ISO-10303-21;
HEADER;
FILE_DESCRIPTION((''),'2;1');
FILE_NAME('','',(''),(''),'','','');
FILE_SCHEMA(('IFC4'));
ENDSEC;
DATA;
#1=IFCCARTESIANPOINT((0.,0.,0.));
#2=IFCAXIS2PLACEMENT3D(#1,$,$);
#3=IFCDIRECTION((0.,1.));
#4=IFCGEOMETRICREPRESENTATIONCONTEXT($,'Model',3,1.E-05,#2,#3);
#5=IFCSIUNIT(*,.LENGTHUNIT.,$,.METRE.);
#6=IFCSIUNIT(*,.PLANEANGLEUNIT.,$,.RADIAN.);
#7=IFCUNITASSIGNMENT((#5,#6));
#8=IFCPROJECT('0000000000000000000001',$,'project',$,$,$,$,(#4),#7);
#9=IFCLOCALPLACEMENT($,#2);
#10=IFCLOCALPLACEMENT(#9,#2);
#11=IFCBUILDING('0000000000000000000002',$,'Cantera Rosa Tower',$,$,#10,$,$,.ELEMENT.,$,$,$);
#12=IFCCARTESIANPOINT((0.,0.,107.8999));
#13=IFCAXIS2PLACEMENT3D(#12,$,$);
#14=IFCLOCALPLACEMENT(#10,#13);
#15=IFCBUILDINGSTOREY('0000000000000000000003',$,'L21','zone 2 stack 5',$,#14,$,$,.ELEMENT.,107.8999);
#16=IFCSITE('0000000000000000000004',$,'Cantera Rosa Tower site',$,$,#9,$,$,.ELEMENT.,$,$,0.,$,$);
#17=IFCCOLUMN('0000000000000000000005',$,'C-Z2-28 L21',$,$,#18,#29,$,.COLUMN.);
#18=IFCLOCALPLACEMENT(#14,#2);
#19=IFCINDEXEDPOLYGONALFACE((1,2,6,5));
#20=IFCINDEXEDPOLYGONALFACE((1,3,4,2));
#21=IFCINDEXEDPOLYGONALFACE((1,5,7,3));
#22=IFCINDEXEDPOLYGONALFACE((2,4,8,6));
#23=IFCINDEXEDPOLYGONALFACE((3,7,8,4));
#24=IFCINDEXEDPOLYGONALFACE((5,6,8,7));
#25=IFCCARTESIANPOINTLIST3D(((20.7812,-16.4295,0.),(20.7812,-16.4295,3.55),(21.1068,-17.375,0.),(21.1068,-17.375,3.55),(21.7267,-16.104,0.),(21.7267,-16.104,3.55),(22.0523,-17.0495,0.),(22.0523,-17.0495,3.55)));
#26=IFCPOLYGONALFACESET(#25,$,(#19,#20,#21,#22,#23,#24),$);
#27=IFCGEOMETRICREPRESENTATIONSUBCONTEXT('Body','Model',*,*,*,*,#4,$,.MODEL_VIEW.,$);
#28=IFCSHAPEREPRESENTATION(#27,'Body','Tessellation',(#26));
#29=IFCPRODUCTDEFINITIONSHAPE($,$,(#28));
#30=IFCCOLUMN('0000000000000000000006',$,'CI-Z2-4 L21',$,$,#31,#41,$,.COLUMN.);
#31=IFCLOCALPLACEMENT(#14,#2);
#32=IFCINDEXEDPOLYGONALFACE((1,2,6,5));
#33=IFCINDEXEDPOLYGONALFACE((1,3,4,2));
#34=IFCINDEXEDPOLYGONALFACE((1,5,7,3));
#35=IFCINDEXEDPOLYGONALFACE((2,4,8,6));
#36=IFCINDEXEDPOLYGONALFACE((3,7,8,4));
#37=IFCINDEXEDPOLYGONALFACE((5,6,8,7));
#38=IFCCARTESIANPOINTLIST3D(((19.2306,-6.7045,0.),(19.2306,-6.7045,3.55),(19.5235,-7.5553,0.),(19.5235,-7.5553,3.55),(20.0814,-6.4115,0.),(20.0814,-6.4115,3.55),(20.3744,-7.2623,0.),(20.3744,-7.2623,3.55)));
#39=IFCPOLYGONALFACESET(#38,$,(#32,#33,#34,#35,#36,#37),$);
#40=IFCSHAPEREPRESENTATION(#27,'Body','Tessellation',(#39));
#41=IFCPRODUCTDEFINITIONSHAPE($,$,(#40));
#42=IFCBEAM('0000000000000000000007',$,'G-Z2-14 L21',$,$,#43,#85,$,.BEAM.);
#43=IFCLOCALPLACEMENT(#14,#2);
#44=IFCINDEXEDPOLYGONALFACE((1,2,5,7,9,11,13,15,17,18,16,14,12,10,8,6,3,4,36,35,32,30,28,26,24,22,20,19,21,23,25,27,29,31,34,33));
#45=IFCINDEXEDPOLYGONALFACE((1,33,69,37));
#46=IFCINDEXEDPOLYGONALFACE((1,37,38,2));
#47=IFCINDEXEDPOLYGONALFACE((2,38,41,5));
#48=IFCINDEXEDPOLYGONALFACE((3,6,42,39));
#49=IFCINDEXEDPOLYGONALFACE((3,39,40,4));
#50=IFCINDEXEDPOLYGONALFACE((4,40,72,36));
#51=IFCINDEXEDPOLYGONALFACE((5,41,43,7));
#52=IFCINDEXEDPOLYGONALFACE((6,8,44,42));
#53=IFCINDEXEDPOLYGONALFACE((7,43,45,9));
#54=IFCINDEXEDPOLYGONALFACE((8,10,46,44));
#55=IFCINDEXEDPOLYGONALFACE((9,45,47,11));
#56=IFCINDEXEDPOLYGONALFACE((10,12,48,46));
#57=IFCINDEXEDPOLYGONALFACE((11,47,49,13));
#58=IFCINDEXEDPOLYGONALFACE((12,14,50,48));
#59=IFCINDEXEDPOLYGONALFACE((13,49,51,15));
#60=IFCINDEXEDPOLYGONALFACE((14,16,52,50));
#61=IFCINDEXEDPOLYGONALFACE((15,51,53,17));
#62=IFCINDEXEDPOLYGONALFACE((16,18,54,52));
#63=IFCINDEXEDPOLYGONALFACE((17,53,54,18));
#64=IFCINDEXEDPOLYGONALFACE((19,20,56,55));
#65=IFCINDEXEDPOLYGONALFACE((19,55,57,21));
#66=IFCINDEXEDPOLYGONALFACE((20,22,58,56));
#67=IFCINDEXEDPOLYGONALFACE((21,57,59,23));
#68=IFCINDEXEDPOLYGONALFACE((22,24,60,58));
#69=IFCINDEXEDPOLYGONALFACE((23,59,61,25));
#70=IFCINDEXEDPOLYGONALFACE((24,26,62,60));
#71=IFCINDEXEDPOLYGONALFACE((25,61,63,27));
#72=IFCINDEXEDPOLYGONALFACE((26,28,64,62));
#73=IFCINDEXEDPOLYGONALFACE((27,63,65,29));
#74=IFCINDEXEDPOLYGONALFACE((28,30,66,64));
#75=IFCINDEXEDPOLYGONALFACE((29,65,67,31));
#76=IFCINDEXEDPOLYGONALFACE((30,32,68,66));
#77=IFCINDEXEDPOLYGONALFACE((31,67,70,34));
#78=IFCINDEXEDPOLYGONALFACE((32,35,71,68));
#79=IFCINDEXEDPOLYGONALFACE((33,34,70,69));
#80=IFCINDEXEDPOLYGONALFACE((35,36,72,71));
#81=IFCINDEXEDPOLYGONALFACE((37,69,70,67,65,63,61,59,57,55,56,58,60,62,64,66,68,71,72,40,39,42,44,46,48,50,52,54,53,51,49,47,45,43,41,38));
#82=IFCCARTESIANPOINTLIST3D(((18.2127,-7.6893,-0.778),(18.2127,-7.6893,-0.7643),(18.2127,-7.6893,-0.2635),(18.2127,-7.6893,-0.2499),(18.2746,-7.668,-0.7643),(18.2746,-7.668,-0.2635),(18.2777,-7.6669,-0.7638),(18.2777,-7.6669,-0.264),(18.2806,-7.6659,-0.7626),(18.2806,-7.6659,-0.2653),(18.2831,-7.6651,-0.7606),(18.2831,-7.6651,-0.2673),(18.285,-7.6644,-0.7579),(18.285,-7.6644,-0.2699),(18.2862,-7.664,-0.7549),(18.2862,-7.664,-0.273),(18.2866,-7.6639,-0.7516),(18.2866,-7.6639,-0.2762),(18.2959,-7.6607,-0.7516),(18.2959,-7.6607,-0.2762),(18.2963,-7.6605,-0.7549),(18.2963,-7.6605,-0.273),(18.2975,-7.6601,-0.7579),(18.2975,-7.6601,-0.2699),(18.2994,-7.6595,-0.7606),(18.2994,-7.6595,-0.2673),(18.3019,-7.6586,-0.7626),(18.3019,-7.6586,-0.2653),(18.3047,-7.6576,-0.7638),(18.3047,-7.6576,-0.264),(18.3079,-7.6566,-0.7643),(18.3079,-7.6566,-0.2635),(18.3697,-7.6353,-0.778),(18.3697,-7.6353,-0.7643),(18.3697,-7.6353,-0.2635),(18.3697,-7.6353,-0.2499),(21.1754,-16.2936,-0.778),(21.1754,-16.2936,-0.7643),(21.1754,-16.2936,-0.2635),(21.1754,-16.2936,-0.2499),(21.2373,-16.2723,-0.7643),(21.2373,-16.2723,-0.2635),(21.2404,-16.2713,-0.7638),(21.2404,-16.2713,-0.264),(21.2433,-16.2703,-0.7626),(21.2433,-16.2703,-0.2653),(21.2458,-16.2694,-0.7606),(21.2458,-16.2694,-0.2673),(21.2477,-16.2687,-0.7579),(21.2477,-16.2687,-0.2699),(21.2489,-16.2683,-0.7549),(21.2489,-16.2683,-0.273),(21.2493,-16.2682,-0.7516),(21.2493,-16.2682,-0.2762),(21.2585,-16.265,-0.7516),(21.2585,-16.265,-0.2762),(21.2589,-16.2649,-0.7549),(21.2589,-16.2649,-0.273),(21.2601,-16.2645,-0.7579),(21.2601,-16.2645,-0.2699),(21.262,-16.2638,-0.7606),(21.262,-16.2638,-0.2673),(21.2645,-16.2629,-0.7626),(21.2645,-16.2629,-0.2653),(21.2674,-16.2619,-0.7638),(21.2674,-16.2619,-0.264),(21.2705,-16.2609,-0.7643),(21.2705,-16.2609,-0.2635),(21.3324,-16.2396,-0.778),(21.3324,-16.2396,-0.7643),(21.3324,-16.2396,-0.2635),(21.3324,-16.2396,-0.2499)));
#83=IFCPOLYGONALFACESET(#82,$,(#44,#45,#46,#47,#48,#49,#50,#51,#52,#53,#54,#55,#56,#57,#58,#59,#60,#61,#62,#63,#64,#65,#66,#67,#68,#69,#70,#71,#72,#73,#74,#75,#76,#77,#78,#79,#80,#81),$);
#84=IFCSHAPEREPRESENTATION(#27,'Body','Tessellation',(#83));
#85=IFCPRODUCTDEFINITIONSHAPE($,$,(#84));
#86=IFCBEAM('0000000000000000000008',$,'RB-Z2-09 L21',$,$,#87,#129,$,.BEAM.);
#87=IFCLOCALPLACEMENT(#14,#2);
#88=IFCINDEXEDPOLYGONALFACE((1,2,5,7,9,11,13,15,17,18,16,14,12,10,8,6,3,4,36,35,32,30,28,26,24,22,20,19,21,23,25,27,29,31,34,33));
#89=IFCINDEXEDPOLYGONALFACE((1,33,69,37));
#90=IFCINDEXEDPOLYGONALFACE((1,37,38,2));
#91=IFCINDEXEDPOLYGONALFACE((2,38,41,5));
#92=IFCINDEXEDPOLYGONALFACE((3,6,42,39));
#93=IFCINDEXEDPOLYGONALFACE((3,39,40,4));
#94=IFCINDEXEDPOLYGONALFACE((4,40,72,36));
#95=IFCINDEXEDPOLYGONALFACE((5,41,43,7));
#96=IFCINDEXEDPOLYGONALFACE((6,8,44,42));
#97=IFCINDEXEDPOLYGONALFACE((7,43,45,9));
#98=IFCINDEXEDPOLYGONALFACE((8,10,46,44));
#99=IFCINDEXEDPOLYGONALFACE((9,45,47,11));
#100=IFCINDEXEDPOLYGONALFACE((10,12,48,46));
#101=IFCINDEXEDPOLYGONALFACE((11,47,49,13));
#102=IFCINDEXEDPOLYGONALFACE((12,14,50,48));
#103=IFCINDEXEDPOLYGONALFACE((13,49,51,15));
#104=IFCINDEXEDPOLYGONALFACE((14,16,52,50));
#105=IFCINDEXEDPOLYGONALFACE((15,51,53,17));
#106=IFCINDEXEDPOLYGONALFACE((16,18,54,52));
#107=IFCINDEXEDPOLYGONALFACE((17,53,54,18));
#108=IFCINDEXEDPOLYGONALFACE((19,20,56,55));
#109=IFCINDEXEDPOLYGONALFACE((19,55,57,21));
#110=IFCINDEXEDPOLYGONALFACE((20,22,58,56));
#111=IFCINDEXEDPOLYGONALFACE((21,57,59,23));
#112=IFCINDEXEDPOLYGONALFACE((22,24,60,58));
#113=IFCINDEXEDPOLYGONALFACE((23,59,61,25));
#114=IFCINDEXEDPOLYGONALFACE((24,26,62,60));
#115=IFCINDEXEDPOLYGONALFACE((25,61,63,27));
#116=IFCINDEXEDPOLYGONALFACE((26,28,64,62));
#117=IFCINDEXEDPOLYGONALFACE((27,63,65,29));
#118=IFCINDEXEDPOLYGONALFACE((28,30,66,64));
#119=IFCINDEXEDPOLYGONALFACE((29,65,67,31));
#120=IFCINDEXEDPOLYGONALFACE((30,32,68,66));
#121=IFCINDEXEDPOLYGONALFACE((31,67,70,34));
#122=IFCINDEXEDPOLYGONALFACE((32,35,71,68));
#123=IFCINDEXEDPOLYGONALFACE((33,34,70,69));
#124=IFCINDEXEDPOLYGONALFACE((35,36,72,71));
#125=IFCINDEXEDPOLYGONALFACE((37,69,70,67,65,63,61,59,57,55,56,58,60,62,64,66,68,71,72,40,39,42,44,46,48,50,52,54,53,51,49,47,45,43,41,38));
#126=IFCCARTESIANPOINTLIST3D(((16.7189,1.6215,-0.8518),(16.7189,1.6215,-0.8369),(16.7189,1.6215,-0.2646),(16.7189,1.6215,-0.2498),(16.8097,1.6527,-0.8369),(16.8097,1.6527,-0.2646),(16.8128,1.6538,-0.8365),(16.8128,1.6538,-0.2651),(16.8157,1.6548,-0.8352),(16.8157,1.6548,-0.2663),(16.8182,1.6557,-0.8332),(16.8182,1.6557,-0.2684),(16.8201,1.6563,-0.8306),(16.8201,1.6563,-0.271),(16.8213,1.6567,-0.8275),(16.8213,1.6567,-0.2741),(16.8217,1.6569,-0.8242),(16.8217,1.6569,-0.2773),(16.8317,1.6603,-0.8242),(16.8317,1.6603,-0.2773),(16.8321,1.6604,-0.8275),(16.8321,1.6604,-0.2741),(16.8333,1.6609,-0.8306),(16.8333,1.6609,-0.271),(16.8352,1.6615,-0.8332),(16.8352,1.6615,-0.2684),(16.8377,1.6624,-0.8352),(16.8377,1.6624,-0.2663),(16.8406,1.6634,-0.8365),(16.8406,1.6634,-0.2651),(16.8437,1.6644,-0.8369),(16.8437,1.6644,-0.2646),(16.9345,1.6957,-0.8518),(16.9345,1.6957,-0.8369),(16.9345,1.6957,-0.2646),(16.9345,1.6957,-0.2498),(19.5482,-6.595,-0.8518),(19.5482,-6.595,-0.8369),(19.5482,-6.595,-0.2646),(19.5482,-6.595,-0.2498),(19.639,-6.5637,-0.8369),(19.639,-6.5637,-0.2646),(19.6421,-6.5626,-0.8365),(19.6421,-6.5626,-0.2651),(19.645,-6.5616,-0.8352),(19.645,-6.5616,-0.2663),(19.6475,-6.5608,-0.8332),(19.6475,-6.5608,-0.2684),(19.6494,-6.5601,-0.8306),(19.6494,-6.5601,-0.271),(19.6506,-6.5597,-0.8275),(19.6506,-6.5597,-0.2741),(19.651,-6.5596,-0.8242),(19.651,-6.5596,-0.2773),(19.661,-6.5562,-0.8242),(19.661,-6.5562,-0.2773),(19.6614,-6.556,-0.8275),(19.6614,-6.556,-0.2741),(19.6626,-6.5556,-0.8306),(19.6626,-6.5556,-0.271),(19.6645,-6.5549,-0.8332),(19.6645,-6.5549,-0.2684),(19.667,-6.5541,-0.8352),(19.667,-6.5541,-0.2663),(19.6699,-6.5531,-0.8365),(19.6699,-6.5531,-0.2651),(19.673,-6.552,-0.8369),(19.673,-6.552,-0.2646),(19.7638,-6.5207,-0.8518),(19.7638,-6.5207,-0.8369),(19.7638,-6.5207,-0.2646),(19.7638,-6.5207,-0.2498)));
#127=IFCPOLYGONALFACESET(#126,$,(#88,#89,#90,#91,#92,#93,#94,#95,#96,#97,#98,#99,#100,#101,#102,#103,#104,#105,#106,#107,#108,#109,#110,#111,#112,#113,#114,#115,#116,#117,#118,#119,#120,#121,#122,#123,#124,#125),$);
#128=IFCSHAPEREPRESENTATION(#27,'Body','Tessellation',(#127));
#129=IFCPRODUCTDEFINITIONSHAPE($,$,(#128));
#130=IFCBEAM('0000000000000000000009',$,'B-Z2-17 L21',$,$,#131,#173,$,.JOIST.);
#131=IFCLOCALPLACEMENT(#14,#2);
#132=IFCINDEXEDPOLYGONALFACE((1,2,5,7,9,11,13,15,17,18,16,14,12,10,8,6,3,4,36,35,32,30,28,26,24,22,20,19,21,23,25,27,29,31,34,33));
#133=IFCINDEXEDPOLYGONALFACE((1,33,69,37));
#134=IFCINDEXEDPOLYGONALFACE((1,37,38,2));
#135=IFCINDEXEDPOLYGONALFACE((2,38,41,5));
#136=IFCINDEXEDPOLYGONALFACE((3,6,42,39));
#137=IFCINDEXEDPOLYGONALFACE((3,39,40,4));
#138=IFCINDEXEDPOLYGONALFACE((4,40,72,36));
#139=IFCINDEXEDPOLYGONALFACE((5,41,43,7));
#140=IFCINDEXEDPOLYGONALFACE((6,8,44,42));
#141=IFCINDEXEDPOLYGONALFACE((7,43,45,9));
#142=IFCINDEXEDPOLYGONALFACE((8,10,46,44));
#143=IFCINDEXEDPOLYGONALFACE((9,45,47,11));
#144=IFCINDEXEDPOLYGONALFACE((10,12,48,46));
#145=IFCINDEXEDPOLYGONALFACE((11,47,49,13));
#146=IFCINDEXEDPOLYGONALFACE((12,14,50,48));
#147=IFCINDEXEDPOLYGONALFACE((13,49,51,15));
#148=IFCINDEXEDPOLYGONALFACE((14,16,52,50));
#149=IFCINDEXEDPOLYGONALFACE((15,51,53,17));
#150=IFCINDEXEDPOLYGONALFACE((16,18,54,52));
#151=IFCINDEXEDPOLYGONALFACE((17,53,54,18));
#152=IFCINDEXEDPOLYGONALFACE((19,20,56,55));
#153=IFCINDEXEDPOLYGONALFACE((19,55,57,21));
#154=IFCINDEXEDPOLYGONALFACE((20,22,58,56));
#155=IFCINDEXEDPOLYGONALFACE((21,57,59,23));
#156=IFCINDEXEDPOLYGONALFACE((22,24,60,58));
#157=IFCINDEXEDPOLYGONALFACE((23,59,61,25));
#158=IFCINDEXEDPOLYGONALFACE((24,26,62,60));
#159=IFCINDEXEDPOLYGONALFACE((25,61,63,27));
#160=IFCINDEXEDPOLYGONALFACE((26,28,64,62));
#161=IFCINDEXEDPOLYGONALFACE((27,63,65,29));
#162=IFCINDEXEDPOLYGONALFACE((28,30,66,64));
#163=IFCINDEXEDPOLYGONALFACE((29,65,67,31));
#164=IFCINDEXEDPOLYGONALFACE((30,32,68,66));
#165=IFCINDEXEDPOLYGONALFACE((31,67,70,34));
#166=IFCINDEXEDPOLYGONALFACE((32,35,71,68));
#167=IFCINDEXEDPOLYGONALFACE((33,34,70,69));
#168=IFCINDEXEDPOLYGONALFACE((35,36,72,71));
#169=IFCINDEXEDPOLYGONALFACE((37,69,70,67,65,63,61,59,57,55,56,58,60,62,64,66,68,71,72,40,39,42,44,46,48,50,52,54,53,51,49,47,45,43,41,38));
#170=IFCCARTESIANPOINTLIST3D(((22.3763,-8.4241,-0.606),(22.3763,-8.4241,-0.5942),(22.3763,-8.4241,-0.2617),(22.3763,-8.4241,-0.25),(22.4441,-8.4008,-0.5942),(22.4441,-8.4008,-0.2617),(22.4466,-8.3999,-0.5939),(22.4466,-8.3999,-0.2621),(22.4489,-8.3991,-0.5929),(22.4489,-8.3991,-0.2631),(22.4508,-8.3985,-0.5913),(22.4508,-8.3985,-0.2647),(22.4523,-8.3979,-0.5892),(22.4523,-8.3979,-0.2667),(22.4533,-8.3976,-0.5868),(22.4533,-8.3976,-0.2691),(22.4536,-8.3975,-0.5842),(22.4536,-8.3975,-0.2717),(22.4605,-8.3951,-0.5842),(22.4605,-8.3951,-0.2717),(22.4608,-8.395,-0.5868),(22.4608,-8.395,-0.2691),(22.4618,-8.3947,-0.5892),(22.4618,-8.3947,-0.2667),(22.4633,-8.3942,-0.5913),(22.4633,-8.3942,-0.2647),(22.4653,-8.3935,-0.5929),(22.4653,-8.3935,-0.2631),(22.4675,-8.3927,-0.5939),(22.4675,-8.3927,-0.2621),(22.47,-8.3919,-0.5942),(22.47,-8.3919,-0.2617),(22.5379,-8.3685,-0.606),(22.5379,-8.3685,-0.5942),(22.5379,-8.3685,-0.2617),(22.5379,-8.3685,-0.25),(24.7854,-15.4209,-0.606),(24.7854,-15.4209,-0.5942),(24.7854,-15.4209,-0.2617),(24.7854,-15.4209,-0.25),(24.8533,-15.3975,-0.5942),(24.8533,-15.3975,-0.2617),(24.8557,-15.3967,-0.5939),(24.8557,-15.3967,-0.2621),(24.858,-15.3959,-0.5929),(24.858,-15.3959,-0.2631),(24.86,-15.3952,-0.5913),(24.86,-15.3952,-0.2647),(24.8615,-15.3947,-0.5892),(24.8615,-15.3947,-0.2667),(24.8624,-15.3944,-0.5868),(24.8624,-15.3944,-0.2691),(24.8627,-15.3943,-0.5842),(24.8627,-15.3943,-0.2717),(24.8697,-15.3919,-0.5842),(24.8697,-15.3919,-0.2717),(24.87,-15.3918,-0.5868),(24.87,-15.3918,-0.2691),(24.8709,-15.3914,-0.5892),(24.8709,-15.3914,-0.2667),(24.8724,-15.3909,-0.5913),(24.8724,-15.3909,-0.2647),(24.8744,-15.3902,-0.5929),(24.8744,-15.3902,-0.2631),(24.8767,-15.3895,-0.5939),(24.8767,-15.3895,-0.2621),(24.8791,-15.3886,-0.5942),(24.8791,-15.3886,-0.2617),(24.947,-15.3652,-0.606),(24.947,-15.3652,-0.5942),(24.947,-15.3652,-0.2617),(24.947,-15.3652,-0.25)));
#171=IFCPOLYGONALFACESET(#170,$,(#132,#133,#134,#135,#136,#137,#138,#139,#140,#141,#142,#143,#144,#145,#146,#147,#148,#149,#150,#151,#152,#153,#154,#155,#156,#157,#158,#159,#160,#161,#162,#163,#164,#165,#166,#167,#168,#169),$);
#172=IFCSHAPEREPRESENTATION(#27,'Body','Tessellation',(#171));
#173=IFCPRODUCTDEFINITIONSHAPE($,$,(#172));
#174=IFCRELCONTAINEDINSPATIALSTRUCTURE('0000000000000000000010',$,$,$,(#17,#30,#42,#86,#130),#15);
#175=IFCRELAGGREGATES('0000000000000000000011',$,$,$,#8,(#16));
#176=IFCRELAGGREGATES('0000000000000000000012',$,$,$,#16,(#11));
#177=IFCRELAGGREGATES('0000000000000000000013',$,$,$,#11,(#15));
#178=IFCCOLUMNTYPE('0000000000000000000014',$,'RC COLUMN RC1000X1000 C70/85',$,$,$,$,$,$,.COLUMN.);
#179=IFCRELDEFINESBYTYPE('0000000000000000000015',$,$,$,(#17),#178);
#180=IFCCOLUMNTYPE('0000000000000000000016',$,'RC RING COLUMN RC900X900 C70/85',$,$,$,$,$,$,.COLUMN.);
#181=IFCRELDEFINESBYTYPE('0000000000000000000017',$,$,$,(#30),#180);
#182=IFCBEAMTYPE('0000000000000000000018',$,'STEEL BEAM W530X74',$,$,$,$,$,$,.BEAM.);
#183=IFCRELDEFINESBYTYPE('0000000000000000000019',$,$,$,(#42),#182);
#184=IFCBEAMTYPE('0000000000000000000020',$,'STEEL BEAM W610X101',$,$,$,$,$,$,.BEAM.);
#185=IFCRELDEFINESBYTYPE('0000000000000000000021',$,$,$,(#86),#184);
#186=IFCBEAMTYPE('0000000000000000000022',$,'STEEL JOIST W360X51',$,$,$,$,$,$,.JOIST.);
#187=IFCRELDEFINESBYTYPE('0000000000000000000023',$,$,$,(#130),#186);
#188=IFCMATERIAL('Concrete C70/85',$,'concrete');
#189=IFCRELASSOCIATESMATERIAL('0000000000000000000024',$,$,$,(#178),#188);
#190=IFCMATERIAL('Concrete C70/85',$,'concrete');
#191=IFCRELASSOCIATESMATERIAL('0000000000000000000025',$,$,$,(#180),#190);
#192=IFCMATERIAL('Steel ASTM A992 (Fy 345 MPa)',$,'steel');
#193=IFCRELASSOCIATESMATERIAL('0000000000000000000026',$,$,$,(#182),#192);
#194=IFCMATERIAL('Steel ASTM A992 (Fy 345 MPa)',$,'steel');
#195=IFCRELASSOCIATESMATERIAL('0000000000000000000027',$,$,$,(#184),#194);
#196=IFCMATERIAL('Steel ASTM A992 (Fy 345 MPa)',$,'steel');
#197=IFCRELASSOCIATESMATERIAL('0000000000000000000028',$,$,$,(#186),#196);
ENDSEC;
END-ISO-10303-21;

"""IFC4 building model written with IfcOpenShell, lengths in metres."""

from ifc_helpers import new_model, si_unit, direction, frame, origin, origin_2d, place, context, subcontext, project, spatial, rectangle, i_section, extrude, material, material_profile, profile_set, type_object, element, save


model = new_model("IFC4")

# Units and contexts
model_context = context("Model", 3, precision=1e-05, world=origin(), true_north=direction((0.0, 1.0)))
body_context = subcontext(model_context, "Body", "Model", "MODEL_VIEW")
ifc_project = project(units=[si_unit("LENGTHUNIT", "METRE"), si_unit("PLANEANGLEUNIT", "RADIAN")], contexts=[model_context])

# Site, building, storey
site_placement = place(None, origin())
site = spatial("IfcSite", under=ifc_project, at=site_placement, Name="Cantera Rosa Tower site", CompositionType="ELEMENT", RefElevation=0.0)
building_placement = place(site_placement, origin())
building = spatial("IfcBuilding", under=site, at=building_placement, Name="Cantera Rosa Tower", CompositionType="ELEMENT")
storey_placement = place(building_placement, frame((0.0, 0.0, 107.8999)))
storey = spatial("IfcBuildingStorey", under=building, at=storey_placement, Name="L21", Description="zone 2 stack 5", CompositionType="ELEMENT", Elevation=107.8999)

# Columns
ifc_material_1 = material(Name="Concrete C70/85", Category="concrete")
ifc_material_profile_1 = material_profile(ifc_material_1, rectangle(XDim=1.0, YDim=1.0, at=origin_2d()), Name="RC COLUMN RC1000X1000 C70/85")
ifc_profile_set_1 = profile_set([ifc_material_profile_1], Name="Concrete C70/85")
column_type_1 = type_object("IfcColumnType", Name="RC COLUMN RC1000X1000 C70/85", PredefinedType="COLUMN", material=ifc_profile_set_1)
column_1_placement = place(storey_placement, frame((21.4167, -16.7395, 0.0), z_axis=(0.0, 0.0, 1.0), x_axis=(0.945519, 0.325568, 0.0)))
element("IfcColumn", 1, at=column_1_placement, inside=storey, type_object=column_type_1, Name="C-Z2-28 L21", PredefinedType="COLUMN", context=body_context, shape_type="SweptSolid", body=[
    extrude(rectangle(XDim=1.0, YDim=1.0, at=origin_2d()), origin(), (0.0, 0.0, 1.0), 3.55),
])
ifc_material_2 = material(Name="Concrete C70/85", Category="concrete")
ifc_material_profile_2 = material_profile(ifc_material_2, rectangle(XDim=0.8999, YDim=0.8999, at=origin_2d()), Name="RC RING COLUMN RC900X900 C70/85")
ifc_profile_set_2 = profile_set([ifc_material_profile_2], Name="Concrete C70/85")
column_type_2 = type_object("IfcColumnType", Name="RC RING COLUMN RC900X900 C70/85", PredefinedType="COLUMN", material=ifc_profile_set_2)
column_2_placement = place(storey_placement, frame((19.8025, -6.9834, 0.0), z_axis=(0.0, 0.0, 1.0), x_axis=(0.945519, 0.325568, 0.0)))
element("IfcColumn", 2, at=column_2_placement, inside=storey, type_object=column_type_2, Name="CI-Z2-4 L21", PredefinedType="COLUMN", context=body_context, shape_type="SweptSolid", body=[
    extrude(rectangle(XDim=0.8999, YDim=0.8999, at=origin_2d()), origin(), (0.0, 0.0, 1.0), 3.55),
])

# Beams
ifc_material_3 = material(Name="Steel ASTM A992 (Fy 345 MPa)", Category="steel")
ifc_material_profile_3 = material_profile(ifc_material_3, i_section(OverallWidth=0.166, OverallDepth=0.5281, WebThickness=0.0098, FlangeThickness=0.0137, FilletRadius=0.0127, at=origin_2d()), Name="W530X74")
ifc_profile_set_3 = profile_set([ifc_material_profile_3], Name="Steel ASTM A992 (Fy 345 MPa)")
beam_type_1 = type_object("IfcBeamType", Name="STEEL BEAM W530X74", PredefinedType="BEAM", material=ifc_profile_set_3)
beam_1_placement = place(storey_placement, frame((21.2539, -16.2666, -0.5139), z_axis=(-0.325565, 0.94552, 0.0), x_axis=(-0.94552, -0.325565, 0.0)))
element("IfcBeam", 3, at=beam_1_placement, inside=storey, type_object=beam_type_1, Name="G-Z2-14 L21", PredefinedType="BEAM", context=body_context, shape_type="SweptSolid", body=[
    extrude(i_section(OverallWidth=0.166, OverallDepth=0.5281, WebThickness=0.0098, FlangeThickness=0.0137, FilletRadius=0.0127, at=origin_2d()), origin(), (0.0, 0.0, 1.0), 9.1001),
])
ifc_material_4 = material(Name="Steel ASTM A992 (Fy 345 MPa)", Category="steel")
ifc_material_profile_4 = material_profile(ifc_material_4, i_section(OverallWidth=0.228, OverallDepth=0.6021, WebThickness=0.0105, FlangeThickness=0.0149, FilletRadius=0.0127, at=origin_2d()), Name="W610X101")
ifc_profile_set_4 = profile_set([ifc_material_profile_4], Name="Steel ASTM A992 (Fy 345 MPa)")
beam_type_2 = type_object("IfcBeamType", Name="STEEL BEAM W610X101", PredefinedType="BEAM", material=ifc_profile_set_4)
beam_2_placement = place(storey_placement, frame((19.656, -6.5579, -0.5508), z_axis=(-0.325585, 0.945513, 0.0), x_axis=(-0.945513, -0.325585, 0.0)))
element("IfcBeam", 4, at=beam_2_placement, inside=storey, type_object=beam_type_2, Name="RB-Z2-09 L21", PredefinedType="BEAM", context=body_context, shape_type="SweptSolid", body=[
    extrude(i_section(OverallWidth=0.228, OverallDepth=0.6021, WebThickness=0.0105, FlangeThickness=0.0149, FilletRadius=0.0127, at=origin_2d()), origin(), (0.0, 0.0, 1.0), 8.6899),
])
ifc_material_5 = material(Name="Steel ASTM A992 (Fy 345 MPa)", Category="steel")
ifc_material_profile_5 = material_profile(ifc_material_5, i_section(OverallWidth=0.1709, OverallDepth=0.356, WebThickness=0.0073, FlangeThickness=0.0117, FilletRadius=0.01, at=origin_2d()), Name="W360X51")
ifc_profile_set_5 = profile_set([ifc_material_profile_5], Name="Steel ASTM A992 (Fy 345 MPa)")
beam_type_3 = type_object("IfcBeamType", Name="STEEL JOIST W360X51", PredefinedType="JOIST", material=ifc_profile_set_5)
beam_3_placement = place(storey_placement, frame((24.8662, -15.3931, -0.428), z_axis=(-0.325566, 0.945519, 0.0), x_axis=(-0.945519, -0.325566, 0.0)))
element("IfcBeam", 5, at=beam_3_placement, inside=storey, type_object=beam_type_3, Name="B-Z2-17 L21", PredefinedType="JOIST", context=body_context, shape_type="SweptSolid", body=[
    extrude(i_section(OverallWidth=0.1709, OverallDepth=0.356, WebThickness=0.0073, FlangeThickness=0.0117, FilletRadius=0.01, at=origin_2d()), origin(), (0.0, 0.0, 1.0), 7.3999),
])

save(model, "model.ifc")
